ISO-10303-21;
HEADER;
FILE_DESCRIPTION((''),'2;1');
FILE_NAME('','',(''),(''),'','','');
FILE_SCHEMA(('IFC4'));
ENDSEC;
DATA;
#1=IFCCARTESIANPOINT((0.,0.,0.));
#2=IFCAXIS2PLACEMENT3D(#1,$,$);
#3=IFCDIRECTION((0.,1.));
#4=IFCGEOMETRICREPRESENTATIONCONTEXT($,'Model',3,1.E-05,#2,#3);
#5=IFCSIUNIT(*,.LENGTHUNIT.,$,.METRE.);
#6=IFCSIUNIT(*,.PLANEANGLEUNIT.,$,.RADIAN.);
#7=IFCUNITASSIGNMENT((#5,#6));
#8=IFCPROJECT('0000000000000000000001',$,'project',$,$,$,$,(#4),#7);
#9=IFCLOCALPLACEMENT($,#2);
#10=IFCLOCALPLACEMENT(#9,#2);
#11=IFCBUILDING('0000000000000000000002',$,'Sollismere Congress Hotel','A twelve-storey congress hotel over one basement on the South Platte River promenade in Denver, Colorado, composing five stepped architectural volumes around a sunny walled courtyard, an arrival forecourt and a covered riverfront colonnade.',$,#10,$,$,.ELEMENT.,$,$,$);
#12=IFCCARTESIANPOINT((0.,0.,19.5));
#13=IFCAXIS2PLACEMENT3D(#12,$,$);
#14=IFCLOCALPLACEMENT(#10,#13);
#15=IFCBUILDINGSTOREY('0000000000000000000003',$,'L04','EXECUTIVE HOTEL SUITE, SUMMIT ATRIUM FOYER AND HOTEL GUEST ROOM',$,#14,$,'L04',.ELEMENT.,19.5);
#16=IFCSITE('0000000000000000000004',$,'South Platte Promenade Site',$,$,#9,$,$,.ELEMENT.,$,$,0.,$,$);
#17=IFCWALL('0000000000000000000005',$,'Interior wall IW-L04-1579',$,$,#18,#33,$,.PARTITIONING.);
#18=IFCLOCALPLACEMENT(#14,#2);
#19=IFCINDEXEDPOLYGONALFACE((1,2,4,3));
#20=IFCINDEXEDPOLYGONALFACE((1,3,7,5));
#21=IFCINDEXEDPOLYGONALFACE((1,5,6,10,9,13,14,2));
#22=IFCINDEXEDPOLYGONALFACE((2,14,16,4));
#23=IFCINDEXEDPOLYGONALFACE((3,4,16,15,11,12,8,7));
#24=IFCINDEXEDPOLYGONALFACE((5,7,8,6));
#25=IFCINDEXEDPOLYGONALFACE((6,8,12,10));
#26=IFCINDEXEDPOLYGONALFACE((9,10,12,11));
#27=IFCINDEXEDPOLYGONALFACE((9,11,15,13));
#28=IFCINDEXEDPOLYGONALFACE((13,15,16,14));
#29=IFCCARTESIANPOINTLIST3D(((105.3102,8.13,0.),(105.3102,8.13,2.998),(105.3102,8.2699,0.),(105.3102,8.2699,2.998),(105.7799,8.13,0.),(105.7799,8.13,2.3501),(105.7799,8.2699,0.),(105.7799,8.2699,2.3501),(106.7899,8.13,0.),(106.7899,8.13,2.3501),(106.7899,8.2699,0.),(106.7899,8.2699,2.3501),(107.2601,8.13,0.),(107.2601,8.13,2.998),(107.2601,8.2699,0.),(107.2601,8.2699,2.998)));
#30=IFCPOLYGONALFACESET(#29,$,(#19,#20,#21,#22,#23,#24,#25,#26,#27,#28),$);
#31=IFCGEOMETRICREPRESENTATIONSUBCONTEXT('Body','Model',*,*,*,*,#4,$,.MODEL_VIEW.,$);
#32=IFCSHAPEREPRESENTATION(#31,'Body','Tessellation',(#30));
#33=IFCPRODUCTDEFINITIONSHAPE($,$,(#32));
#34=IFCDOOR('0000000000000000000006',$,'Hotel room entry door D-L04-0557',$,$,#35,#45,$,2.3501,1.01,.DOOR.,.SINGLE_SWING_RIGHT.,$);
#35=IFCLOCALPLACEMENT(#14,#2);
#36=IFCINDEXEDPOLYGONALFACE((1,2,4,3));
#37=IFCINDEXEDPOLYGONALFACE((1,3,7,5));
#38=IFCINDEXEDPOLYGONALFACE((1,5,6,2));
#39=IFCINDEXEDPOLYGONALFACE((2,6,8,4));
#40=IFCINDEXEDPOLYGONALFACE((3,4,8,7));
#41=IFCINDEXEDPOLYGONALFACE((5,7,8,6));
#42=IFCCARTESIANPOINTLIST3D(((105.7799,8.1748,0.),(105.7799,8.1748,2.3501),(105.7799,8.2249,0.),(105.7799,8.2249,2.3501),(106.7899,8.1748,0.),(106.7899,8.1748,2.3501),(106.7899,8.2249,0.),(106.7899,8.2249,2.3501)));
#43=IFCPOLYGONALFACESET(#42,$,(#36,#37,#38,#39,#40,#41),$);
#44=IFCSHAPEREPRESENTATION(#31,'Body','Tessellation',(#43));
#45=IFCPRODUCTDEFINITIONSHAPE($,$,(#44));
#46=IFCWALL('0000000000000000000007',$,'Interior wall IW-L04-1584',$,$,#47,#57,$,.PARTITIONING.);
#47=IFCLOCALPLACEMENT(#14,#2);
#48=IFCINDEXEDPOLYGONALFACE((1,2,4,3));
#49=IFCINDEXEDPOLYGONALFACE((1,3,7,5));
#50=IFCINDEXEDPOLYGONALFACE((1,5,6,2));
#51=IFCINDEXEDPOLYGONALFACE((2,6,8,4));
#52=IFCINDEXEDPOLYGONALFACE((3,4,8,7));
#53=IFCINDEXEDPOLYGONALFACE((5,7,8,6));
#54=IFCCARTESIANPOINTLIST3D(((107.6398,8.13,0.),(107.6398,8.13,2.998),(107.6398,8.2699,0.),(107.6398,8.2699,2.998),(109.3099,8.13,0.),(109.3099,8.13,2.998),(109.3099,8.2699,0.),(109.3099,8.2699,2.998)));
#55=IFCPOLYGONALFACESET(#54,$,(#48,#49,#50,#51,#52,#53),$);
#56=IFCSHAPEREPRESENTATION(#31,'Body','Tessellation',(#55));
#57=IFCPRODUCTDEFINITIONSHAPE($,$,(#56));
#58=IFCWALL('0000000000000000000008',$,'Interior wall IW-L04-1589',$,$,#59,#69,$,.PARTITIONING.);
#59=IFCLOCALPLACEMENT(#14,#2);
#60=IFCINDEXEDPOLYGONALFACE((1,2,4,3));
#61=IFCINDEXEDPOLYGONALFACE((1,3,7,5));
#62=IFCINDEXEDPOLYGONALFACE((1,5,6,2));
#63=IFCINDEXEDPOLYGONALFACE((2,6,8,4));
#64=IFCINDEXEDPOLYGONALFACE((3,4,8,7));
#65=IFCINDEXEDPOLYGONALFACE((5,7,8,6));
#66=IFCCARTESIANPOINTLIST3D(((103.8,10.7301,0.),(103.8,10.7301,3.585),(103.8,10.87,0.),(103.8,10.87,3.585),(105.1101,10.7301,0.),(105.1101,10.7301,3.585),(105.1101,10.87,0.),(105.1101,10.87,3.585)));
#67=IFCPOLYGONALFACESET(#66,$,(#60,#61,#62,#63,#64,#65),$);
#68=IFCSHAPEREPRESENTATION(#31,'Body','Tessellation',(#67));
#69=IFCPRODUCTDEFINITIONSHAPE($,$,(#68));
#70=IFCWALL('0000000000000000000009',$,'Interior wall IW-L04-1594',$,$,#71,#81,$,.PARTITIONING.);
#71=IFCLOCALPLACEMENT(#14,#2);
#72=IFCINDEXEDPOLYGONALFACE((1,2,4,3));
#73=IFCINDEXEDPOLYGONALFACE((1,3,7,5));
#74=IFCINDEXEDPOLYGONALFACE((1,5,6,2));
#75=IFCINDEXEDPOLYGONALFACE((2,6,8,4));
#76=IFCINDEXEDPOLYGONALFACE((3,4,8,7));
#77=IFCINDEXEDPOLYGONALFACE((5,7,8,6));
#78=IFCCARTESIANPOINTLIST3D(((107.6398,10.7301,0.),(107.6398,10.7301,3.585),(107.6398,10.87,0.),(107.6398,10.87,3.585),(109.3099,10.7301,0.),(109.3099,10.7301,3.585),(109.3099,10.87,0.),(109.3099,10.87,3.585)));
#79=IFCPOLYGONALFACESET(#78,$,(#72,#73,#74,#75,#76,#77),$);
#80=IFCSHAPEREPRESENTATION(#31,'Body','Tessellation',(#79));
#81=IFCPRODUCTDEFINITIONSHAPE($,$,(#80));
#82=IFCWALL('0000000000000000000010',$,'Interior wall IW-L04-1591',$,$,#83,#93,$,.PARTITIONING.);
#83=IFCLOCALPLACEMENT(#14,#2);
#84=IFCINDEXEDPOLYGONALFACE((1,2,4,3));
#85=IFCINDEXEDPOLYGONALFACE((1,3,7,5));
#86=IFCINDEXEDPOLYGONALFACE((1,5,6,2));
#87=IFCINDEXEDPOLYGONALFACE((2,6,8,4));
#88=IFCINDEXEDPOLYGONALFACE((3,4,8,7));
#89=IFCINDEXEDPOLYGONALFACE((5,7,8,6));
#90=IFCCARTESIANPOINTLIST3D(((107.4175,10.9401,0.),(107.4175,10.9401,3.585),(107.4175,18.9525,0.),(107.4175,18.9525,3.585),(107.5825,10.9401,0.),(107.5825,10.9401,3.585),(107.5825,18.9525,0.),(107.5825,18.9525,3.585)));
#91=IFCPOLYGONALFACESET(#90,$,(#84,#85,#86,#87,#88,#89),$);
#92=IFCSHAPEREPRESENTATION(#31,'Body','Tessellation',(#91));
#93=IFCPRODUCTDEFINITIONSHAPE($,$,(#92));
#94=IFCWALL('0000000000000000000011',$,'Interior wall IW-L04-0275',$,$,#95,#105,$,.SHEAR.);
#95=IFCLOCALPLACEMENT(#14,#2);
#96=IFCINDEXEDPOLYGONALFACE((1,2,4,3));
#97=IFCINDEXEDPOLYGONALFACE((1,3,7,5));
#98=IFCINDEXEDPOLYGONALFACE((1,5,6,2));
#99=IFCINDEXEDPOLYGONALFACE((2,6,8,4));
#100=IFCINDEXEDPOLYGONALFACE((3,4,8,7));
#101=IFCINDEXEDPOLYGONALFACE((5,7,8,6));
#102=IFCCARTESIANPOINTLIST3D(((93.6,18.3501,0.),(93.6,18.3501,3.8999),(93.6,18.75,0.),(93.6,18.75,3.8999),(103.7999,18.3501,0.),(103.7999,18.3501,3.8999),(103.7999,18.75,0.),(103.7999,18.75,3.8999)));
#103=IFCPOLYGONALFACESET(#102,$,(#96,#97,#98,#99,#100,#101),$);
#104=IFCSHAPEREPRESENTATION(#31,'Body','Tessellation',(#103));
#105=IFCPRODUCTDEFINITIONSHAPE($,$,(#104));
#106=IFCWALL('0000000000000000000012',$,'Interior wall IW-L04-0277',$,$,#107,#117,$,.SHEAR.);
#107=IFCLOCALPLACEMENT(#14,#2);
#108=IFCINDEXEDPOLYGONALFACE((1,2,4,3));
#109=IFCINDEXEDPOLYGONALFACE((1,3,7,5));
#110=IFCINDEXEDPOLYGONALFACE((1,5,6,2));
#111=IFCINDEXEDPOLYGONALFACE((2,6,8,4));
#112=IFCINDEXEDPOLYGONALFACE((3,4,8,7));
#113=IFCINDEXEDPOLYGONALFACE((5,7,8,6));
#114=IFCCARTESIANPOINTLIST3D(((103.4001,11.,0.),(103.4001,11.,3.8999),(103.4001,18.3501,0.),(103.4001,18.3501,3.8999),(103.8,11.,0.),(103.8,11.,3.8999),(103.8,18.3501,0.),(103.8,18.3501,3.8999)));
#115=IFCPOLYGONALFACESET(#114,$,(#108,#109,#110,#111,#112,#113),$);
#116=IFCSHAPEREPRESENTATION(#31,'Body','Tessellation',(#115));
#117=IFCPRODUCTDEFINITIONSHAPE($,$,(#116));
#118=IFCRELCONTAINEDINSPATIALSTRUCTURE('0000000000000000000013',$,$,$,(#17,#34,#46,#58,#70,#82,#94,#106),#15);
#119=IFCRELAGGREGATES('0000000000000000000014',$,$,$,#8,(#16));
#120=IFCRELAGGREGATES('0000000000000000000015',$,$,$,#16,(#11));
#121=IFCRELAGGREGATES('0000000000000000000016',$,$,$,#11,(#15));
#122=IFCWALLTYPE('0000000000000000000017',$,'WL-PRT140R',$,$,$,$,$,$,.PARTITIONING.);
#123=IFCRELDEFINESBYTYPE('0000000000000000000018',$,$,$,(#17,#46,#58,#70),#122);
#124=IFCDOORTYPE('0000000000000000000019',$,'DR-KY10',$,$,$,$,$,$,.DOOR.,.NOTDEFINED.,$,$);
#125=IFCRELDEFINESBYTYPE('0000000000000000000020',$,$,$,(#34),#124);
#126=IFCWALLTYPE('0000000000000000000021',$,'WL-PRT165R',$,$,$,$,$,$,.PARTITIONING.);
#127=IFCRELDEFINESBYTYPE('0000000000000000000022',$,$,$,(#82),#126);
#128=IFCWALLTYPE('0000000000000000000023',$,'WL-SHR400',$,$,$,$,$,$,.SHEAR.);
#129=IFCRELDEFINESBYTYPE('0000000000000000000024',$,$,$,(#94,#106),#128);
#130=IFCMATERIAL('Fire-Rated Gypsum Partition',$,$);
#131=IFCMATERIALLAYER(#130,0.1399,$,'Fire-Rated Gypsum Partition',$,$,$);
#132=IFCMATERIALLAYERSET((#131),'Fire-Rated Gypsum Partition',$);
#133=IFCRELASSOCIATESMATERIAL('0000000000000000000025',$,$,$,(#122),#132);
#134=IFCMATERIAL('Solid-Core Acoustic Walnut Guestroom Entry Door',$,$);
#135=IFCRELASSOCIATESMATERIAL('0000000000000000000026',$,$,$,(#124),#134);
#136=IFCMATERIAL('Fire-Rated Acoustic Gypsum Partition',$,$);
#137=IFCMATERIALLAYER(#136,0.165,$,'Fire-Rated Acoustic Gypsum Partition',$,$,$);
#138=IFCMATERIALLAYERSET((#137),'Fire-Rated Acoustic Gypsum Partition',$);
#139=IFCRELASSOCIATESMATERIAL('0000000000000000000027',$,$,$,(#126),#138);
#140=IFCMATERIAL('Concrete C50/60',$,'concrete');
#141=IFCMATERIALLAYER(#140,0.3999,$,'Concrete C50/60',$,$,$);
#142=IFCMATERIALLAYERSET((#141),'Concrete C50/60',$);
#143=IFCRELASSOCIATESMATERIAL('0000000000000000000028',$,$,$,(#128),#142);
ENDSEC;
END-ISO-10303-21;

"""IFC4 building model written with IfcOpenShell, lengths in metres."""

from ifc_helpers import new_model, si_unit, direction, frame, frame_2d, origin, place, context, subcontext, project, spatial, rectangle, extrude, material, layer, layer_set, type_object, element, fill, save


model = new_model("IFC4")

# Units and contexts
model_context = context("Model", 3, precision=1e-05, world=origin(), true_north=direction((0.0, 1.0)))
body_context = subcontext(model_context, "Body", "Model", "MODEL_VIEW")
ifc_project = project(units=[si_unit("LENGTHUNIT", "METRE"), si_unit("PLANEANGLEUNIT", "RADIAN")], contexts=[model_context])

# Site, building, storey
site_placement = place(None, origin())
site = spatial("IfcSite", under=ifc_project, at=site_placement, Name="South Platte Promenade Site", CompositionType="ELEMENT", RefElevation=0.0)
building_placement = place(site_placement, origin())
building = spatial("IfcBuilding", under=site, at=building_placement, Name="Sollismere Congress Hotel", Description="A twelve-storey congress hotel over one basement on the South Platte River promenade in Denver, Colorado, composing five stepped architectural volumes around a sunny walled courtyard, an arrival forecourt and a covered riverfront colonnade.", CompositionType="ELEMENT")
storey_placement = place(building_placement, frame((0.0, 0.0, 19.5)))
storey = spatial("IfcBuildingStorey", under=building, at=storey_placement, Name="L04", Description="EXECUTIVE HOTEL SUITE, SUMMIT ATRIUM FOYER AND HOTEL GUEST ROOM", LongName="L04", CompositionType="ELEMENT", Elevation=19.5)

# Shared definitions
ifc_material_1 = material(Name="Fire-Rated Gypsum Partition")
ifc_layer_1 = layer(ifc_material_1, 0.1399, Name="Fire-Rated Gypsum Partition")
ifc_layer_set_1 = layer_set([ifc_layer_1], Name="Fire-Rated Gypsum Partition")
wall_type_1 = type_object("IfcWallType", Name="WL-PRT140R", PredefinedType="PARTITIONING", material=ifc_layer_set_1)

# Wall, opening, door
wall_1_placement = place(storey_placement, frame((105.3101, 8.2, 0.0), z_axis=(0.0, 0.0, 1.0), x_axis=(1.0, 0.0, 0.0)))
wall_1 = element("IfcWall", 1, at=wall_1_placement, inside=storey, type_object=wall_type_1, Name="Interior wall IW-L04-1579", PredefinedType="PARTITIONING", context=body_context, shape_type="SweptSolid", body=[
    extrude(rectangle(XDim=1.95, YDim=0.1399, at=frame_2d((0.9751, 0.0))), origin(), (0.0, 0.0, 1.0), 2.998),
])
opening_1_placement = place(wall_1_placement, frame((0.47, 0.0, 0.0)))
opening_1 = element("IfcOpeningElement", 2, at=opening_1_placement, cuts=wall_1, PredefinedType="OPENING", context=body_context, shape_type="SweptSolid", body=[
    extrude(rectangle(XDim=1.01, YDim=2.3501, at=frame_2d((0.5049, 1.175))), frame((0.0, 0.0798, 0.0), z_axis=(0.0, -1.0, 0.0), x_axis=(1.0, 0.0, 0.0)), (0.0, 0.0, 1.0), 0.1599),
])
ifc_material_2 = material(Name="Solid-Core Acoustic Walnut Guestroom Entry Door")
door_type_1 = type_object("IfcDoorType", Name="DR-KY10", OperationType="NOTDEFINED", PredefinedType="DOOR", material=ifc_material_2)
door_1_placement = place(opening_1_placement, origin())
door_1 = element("IfcDoor", 3, at=door_1_placement, inside=storey, type_object=door_type_1, Name="Hotel room entry door D-L04-0557", OperationType="SINGLE_SWING_RIGHT", OverallHeight=2.3501, OverallWidth=1.01, PredefinedType="DOOR", context=body_context, shape_type="SweptSolid", body=[
    extrude(rectangle(XDim=1.01, YDim=2.3501, at=frame_2d((0.5049, 1.175))), frame((0.0, 0.0249, 0.0), z_axis=(0.0, -1.0, 0.0), x_axis=(1.0, 0.0, 0.0)), (0.0, 0.0, 1.0), 0.05),
])
fill(opening_1, door_1)

# Walls
wall_2_placement = place(storey_placement, frame((107.6399, 8.2, 0.0), z_axis=(0.0, 0.0, 1.0), x_axis=(1.0, 0.0, 0.0)))
element("IfcWall", 4, at=wall_2_placement, inside=storey, type_object=wall_type_1, Name="Interior wall IW-L04-1584", PredefinedType="PARTITIONING", context=body_context, shape_type="SweptSolid", body=[
    extrude(rectangle(XDim=1.6702, YDim=0.1399, at=frame_2d((0.835, 0.0))), origin(), (0.0, 0.0, 1.0), 2.998),
])
wall_3_placement = place(storey_placement, frame((103.8, 10.8, 0.0), z_axis=(0.0, 0.0, 1.0), x_axis=(1.0, 0.0, 0.0)))
element("IfcWall", 5, at=wall_3_placement, inside=storey, type_object=wall_type_1, Name="Interior wall IW-L04-1589", PredefinedType="PARTITIONING", context=body_context, shape_type="SweptSolid", body=[
    extrude(rectangle(XDim=1.3101, YDim=0.1399, at=frame_2d((0.655, 0.0))), origin(), (0.0, 0.0, 1.0), 3.585),
])

# Walls
wall_4_placement = place(storey_placement, frame((107.6399, 10.8, 0.0), z_axis=(0.0, 0.0, 1.0), x_axis=(1.0, 0.0, 0.0)))
element("IfcWall", 6, at=wall_4_placement, inside=storey, type_object=wall_type_1, Name="Interior wall IW-L04-1594", PredefinedType="PARTITIONING", context=body_context, shape_type="SweptSolid", body=[
    extrude(rectangle(XDim=1.6702, YDim=0.1399, at=frame_2d((0.835, 0.0))), origin(), (0.0, 0.0, 1.0), 3.585),
])
ifc_material_3 = material(Name="Fire-Rated Acoustic Gypsum Partition")
ifc_layer_2 = layer(ifc_material_3, 0.165, Name="Fire-Rated Acoustic Gypsum Partition")
ifc_layer_set_2 = layer_set([ifc_layer_2], Name="Fire-Rated Acoustic Gypsum Partition")
wall_type_2 = type_object("IfcWallType", Name="WL-PRT165R", PredefinedType="PARTITIONING", material=ifc_layer_set_2)
wall_5_placement = place(storey_placement, frame((107.5, 10.9399, 0.0), z_axis=(0.0, 0.0, 1.0), x_axis=(0.0, 1.0, 0.0)))
element("IfcWall", 7, at=wall_5_placement, inside=storey, type_object=wall_type_2, Name="Interior wall IW-L04-1591", PredefinedType="PARTITIONING", context=body_context, shape_type="SweptSolid", body=[
    extrude(rectangle(XDim=8.0125, YDim=0.165, at=frame_2d((4.0063, 0.0))), origin(), (0.0, 0.0, 1.0), 3.585),
])
ifc_material_4 = material(Name="Concrete C50/60", Category="concrete")
ifc_layer_3 = layer(ifc_material_4, 0.3999, Name="Concrete C50/60")
ifc_layer_set_3 = layer_set([ifc_layer_3], Name="Concrete C50/60")
wall_type_3 = type_object("IfcWallType", Name="WL-SHR400", PredefinedType="SHEAR", material=ifc_layer_set_3)
wall_6_placement = place(storey_placement, frame((103.8, 18.55, 0.0), z_axis=(0.0, 0.0, 1.0), x_axis=(-1.0, 0.0, 0.0)))
element("IfcWall", 8, at=wall_6_placement, inside=storey, type_object=wall_type_3, Name="Interior wall IW-L04-0275", PredefinedType="SHEAR", context=body_context, shape_type="SweptSolid", body=[
    extrude(rectangle(XDim=10.2, YDim=0.3999, at=frame_2d((5.1001, 0.0))), origin(), (0.0, 0.0, 1.0), 3.8999),
])
wall_7_placement = place(storey_placement, frame((103.6001, 11.0, 0.0), z_axis=(0.0, 0.0, 1.0), x_axis=(0.0, 1.0, 0.0)))
element("IfcWall", 9, at=wall_7_placement, inside=storey, type_object=wall_type_3, Name="Interior wall IW-L04-0277", PredefinedType="SHEAR", context=body_context, shape_type="SweptSolid", body=[
    extrude(rectangle(XDim=7.3501, YDim=0.3999, at=frame_2d((3.675, 0.0))), origin(), (0.0, 0.0, 1.0), 3.8999),
])

save(model, "model.ifc")
